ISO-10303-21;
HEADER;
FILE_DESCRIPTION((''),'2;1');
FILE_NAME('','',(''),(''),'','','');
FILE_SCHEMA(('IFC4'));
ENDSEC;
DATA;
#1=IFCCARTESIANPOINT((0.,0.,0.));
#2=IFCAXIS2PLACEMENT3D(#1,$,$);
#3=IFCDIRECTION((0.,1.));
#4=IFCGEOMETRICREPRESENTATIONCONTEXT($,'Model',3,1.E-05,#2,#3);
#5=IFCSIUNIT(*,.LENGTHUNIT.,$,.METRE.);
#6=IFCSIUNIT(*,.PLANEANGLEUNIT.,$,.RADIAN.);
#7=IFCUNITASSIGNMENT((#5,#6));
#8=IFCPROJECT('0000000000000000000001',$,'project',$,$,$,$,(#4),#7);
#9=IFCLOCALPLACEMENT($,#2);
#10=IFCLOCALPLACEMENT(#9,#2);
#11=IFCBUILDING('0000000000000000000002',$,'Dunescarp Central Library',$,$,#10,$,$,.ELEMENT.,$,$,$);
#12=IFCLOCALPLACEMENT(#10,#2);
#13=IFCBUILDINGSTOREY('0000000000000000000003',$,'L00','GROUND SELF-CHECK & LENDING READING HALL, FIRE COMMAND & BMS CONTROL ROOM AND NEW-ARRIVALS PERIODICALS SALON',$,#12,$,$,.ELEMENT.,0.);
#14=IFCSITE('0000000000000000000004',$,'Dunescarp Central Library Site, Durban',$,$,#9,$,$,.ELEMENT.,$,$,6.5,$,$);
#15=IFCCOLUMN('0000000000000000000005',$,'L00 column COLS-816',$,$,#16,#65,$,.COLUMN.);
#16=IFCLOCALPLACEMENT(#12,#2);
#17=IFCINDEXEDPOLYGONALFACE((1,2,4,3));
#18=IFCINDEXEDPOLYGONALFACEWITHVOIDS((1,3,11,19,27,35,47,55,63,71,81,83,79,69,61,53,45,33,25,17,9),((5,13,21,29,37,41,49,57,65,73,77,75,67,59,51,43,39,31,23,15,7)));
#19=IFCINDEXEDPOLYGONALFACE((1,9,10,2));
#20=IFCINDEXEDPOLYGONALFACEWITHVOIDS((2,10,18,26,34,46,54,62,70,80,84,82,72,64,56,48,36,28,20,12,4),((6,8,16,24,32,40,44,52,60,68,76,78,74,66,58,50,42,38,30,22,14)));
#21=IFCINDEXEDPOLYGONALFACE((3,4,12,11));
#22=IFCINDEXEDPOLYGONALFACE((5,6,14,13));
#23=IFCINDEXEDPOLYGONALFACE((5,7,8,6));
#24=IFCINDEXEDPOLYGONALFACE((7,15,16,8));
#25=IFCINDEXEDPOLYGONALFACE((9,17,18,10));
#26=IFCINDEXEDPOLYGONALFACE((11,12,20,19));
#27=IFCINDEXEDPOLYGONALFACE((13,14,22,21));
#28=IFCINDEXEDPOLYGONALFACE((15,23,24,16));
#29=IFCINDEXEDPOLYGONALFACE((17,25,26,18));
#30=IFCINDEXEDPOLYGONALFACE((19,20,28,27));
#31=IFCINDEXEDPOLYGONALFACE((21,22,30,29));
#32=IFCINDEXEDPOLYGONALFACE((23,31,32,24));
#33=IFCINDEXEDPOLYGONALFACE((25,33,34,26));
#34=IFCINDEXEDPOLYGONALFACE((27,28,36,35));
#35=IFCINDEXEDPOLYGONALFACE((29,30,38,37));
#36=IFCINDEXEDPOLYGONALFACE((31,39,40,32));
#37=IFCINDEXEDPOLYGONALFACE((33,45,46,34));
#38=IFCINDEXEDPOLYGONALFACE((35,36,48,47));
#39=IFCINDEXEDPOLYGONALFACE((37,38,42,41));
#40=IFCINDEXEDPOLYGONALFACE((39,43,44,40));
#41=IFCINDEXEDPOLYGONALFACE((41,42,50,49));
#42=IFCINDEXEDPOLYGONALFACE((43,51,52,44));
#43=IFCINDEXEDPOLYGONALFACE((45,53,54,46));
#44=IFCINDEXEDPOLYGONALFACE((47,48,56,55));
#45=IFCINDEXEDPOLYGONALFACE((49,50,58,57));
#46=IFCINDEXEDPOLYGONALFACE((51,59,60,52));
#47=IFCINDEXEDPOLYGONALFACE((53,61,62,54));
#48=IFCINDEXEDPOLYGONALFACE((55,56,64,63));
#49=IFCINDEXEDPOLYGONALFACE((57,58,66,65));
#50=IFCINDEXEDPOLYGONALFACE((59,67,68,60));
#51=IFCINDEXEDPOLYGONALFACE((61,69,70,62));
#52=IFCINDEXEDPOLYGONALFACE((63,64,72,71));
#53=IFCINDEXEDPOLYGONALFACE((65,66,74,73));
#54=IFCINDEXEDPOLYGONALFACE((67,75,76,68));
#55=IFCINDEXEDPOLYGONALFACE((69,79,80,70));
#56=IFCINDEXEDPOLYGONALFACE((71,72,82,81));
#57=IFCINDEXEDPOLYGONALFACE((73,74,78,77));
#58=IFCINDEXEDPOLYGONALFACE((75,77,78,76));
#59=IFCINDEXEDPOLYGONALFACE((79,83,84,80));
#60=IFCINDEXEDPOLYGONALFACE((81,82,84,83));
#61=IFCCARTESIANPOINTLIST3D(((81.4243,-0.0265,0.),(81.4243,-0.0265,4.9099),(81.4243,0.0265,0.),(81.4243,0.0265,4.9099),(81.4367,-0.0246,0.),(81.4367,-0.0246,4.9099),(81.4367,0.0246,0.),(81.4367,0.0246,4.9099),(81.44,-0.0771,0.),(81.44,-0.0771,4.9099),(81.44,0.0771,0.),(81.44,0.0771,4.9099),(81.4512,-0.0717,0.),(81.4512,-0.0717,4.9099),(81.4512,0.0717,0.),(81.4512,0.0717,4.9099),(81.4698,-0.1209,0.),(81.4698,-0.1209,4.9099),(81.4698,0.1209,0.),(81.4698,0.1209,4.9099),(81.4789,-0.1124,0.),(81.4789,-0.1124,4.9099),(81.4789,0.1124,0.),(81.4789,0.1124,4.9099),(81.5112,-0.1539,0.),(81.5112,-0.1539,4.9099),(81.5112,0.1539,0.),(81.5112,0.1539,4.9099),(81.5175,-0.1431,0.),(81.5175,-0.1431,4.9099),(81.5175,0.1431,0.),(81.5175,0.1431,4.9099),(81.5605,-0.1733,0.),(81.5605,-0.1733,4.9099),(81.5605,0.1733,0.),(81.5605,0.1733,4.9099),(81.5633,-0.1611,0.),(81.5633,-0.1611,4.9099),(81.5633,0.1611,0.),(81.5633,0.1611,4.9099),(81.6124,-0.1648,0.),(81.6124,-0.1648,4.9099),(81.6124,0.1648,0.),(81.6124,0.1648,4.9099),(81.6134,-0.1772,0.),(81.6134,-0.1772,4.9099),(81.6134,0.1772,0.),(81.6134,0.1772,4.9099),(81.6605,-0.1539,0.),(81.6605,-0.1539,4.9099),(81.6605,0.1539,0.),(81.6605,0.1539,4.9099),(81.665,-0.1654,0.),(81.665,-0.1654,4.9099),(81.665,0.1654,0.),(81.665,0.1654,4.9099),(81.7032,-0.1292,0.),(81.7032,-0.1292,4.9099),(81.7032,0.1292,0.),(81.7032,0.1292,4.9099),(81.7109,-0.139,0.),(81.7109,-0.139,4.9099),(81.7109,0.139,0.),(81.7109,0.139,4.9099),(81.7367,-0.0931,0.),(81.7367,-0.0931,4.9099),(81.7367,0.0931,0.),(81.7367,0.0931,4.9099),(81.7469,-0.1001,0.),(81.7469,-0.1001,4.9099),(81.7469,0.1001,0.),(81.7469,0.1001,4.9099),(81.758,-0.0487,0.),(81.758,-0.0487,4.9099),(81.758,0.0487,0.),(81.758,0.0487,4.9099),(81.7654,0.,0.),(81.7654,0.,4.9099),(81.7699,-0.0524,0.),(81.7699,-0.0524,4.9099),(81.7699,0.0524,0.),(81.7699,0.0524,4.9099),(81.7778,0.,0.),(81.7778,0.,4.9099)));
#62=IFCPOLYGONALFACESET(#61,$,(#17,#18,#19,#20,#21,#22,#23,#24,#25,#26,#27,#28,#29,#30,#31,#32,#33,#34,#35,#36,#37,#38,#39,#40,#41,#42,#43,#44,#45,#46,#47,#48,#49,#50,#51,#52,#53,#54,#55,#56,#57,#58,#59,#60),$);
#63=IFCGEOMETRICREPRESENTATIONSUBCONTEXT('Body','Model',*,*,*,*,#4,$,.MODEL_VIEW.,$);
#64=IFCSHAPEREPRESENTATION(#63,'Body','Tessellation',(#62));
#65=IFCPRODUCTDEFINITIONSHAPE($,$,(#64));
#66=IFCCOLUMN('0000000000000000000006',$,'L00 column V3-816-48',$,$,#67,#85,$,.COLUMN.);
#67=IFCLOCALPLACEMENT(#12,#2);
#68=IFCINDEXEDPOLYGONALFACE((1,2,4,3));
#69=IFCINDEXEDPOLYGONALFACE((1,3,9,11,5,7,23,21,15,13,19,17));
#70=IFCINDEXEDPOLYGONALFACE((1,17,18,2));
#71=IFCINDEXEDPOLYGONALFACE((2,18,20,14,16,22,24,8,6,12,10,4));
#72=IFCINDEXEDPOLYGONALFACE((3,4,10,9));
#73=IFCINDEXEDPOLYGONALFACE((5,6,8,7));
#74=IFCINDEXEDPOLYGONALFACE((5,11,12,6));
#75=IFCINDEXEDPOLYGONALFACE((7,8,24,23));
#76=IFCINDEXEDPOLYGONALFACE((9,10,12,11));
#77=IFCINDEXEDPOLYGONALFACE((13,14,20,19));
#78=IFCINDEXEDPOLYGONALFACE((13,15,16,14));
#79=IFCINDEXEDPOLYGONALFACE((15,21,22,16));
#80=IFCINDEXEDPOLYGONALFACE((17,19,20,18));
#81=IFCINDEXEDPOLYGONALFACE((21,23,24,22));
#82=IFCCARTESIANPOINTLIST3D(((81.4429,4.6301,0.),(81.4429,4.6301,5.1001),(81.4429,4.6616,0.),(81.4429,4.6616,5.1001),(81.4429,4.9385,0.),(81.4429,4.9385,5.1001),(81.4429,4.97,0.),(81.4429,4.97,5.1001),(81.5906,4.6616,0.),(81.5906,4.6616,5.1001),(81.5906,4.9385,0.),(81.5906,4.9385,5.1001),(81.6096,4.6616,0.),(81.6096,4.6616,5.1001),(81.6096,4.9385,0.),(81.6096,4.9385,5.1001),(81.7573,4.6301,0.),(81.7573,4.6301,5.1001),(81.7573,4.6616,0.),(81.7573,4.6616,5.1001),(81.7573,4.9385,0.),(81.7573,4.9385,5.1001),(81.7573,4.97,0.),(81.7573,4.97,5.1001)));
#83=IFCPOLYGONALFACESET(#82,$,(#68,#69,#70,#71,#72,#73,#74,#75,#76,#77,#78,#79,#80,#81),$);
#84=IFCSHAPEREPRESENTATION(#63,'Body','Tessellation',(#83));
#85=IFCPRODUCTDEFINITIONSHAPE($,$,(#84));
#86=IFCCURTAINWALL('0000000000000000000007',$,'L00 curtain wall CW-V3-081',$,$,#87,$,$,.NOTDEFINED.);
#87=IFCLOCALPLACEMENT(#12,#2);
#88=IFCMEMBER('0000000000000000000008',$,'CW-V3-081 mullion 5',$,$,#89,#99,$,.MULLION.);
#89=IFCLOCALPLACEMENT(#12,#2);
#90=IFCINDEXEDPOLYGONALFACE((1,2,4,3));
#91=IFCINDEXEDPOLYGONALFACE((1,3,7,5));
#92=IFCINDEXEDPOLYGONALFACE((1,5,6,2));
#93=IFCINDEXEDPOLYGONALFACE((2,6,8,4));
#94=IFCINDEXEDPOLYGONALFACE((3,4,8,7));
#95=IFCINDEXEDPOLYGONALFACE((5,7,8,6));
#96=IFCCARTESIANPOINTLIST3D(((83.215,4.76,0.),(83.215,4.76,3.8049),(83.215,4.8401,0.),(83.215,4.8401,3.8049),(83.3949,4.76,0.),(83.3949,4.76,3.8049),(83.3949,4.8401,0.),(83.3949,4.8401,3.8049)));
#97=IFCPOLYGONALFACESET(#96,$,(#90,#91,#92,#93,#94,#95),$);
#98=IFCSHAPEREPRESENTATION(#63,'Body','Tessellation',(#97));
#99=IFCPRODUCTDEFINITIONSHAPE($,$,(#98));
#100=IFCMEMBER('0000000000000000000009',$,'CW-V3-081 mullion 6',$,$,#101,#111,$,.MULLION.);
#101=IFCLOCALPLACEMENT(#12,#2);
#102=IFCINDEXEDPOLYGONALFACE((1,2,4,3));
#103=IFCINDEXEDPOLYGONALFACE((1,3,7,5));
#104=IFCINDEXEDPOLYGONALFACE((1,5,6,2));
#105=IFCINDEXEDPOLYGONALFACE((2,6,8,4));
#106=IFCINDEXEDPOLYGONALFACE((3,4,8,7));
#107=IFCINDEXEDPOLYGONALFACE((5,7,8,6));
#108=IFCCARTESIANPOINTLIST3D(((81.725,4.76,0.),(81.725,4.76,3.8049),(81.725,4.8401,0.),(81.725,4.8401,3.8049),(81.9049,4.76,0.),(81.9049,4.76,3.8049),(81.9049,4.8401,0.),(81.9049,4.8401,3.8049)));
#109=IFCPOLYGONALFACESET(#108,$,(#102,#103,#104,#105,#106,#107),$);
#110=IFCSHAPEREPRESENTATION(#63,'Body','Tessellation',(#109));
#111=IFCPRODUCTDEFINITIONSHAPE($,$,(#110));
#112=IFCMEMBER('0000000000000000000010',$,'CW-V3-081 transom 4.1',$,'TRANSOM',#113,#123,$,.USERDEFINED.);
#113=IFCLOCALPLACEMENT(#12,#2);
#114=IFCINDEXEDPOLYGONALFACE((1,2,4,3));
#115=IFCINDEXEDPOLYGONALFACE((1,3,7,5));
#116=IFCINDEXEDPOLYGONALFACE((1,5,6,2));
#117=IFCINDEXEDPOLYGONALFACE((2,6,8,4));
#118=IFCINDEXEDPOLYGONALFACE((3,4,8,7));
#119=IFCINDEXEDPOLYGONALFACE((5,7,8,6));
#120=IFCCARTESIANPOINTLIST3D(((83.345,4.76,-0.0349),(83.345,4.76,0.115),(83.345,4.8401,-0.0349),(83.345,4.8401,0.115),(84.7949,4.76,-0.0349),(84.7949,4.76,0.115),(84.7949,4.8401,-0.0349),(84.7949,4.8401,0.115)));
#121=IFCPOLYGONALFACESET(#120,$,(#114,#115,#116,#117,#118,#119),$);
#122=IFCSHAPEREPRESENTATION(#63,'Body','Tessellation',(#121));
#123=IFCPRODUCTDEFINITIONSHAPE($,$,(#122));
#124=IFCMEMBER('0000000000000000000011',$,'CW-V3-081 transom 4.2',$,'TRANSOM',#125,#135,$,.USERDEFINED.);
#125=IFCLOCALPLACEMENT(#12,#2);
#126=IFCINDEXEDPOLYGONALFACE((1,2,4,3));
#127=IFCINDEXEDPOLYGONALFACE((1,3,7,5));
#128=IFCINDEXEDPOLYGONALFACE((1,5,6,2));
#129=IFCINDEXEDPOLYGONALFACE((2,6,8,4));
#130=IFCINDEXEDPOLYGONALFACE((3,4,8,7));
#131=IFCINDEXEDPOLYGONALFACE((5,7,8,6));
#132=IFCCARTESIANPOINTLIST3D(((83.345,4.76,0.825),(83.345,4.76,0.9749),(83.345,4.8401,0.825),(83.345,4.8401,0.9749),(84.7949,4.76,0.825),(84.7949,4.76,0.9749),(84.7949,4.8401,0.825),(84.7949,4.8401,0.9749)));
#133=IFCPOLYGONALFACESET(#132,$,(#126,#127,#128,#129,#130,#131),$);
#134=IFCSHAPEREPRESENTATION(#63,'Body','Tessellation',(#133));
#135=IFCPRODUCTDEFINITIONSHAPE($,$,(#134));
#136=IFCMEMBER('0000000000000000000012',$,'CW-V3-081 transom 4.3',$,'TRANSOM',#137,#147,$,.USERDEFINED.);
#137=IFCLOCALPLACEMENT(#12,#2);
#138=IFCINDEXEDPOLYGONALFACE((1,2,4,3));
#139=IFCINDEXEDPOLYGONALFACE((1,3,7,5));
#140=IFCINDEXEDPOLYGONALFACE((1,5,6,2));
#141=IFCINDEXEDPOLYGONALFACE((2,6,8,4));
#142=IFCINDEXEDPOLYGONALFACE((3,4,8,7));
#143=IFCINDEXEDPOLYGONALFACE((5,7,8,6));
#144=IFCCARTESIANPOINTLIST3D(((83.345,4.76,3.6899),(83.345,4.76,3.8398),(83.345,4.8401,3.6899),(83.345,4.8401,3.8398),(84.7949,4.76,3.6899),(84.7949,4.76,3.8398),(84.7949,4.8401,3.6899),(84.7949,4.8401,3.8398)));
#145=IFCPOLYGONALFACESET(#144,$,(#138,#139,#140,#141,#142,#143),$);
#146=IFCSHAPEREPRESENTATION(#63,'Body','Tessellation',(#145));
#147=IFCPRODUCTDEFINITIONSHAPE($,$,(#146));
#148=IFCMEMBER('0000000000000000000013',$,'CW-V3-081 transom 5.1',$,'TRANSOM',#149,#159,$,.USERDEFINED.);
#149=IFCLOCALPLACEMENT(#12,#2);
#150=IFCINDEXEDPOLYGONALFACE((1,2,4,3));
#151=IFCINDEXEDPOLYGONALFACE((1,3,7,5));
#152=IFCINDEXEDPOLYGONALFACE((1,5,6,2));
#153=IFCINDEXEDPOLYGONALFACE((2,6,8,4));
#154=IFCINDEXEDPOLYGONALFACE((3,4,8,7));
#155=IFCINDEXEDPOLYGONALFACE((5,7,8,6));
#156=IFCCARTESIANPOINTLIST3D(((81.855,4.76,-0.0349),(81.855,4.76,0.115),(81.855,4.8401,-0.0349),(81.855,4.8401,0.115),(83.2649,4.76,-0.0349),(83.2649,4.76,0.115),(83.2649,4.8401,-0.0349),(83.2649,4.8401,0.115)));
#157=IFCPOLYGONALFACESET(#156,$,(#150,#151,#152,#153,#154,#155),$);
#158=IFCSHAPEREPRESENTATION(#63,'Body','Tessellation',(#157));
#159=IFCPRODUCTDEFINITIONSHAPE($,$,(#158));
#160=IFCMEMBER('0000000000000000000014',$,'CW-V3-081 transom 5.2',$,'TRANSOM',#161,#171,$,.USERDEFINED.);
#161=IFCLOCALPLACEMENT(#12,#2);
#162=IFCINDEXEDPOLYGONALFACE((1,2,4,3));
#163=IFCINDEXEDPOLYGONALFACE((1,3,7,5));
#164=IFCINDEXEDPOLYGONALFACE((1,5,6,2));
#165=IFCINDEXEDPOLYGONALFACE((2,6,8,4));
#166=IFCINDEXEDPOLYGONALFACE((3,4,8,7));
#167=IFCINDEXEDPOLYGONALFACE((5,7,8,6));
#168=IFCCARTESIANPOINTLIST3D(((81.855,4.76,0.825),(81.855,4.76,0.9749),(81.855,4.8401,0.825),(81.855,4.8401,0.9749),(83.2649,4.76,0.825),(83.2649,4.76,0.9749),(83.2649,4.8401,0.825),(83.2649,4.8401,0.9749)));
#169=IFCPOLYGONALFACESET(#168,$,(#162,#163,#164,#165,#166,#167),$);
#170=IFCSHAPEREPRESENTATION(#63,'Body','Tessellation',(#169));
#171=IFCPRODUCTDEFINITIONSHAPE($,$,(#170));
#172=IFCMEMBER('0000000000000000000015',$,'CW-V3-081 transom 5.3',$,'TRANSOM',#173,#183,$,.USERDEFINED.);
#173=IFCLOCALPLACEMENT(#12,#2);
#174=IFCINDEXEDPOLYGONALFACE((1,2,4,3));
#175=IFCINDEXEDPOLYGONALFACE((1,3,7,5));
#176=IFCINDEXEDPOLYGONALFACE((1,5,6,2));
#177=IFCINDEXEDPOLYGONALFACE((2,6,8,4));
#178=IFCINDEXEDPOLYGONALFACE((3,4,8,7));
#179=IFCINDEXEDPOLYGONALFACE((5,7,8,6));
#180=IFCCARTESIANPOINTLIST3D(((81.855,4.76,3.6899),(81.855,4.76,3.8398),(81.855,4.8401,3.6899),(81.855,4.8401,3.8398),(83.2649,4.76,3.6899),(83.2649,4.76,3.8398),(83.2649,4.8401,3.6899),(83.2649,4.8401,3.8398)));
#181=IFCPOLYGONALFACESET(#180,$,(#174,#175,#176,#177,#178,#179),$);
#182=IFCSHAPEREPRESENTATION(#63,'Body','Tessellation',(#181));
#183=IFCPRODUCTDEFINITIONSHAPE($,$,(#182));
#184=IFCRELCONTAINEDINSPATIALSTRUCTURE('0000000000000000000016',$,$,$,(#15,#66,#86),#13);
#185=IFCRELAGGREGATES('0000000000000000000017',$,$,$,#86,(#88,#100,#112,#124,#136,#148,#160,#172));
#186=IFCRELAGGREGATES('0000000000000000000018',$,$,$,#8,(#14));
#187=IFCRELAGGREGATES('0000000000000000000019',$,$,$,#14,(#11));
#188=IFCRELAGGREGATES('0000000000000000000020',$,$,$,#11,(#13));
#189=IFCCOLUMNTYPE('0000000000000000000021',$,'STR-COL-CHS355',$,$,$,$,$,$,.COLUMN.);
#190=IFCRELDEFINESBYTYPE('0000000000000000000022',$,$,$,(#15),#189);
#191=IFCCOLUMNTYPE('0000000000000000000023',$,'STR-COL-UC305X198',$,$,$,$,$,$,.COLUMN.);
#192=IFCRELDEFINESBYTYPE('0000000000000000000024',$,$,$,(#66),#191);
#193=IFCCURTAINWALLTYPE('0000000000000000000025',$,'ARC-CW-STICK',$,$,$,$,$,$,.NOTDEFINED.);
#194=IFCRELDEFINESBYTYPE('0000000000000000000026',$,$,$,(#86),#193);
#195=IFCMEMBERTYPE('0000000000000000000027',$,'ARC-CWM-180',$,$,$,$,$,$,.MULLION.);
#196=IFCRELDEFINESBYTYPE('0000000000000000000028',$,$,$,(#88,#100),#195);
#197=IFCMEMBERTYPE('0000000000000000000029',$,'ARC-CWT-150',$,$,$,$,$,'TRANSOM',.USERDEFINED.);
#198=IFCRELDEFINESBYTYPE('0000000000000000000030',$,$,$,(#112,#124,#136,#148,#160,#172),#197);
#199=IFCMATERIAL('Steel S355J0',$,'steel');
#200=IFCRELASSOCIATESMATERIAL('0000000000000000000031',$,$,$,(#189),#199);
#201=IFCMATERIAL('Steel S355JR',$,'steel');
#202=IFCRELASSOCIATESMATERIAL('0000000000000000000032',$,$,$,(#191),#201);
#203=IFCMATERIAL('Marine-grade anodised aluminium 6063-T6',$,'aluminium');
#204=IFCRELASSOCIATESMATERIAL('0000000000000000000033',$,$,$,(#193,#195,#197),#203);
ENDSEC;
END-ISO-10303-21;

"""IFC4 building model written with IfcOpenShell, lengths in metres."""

from ifc_helpers import new_model, si_unit, direction, frame, origin, origin_2d, place, context, subcontext, project, spatial, rectangle, hollow_circle, i_section, extrude, material, material_profile, profile_set, type_object, element, aggregate, save


model = new_model("IFC4")

# Units and contexts
model_context = context("Model", 3, precision=1e-05, world=origin(), true_north=direction((0.0, 1.0)))
body_context = subcontext(model_context, "Body", "Model", "MODEL_VIEW")
ifc_project = project(units=[si_unit("LENGTHUNIT", "METRE"), si_unit("PLANEANGLEUNIT", "RADIAN")], contexts=[model_context])

# Site, building, storey
site_placement = place(None, origin())
site = spatial("IfcSite", under=ifc_project, at=site_placement, Name="Dunescarp Central Library Site, Durban", CompositionType="ELEMENT", RefElevation=6.5)
building_placement = place(site_placement, origin())
building = spatial("IfcBuilding", under=site, at=building_placement, Name="Dunescarp Central Library", CompositionType="ELEMENT")
storey_placement = place(building_placement, origin())
storey = spatial("IfcBuildingStorey", under=building, at=storey_placement, Name="L00", Description="GROUND SELF-CHECK & LENDING READING HALL, FIRE COMMAND & BMS CONTROL ROOM AND NEW-ARRIVALS PERIODICALS SALON", CompositionType="ELEMENT", Elevation=0.0)

# Columns
ifc_material_1 = material(Name="Steel S355J0", Category="steel")
ifc_material_profile_1 = material_profile(ifc_material_1, hollow_circle(Radius=0.1777, WallThickness=0.0125, at=origin_2d()), Name="CHS 355.6x12.5")
ifc_profile_set_1 = profile_set([ifc_material_profile_1], Name="Steel S355J0")
column_type_1 = type_object("IfcColumnType", Name="STR-COL-CHS355", PredefinedType="COLUMN", material=ifc_profile_set_1)
column_1_placement = place(storey_placement, frame((81.6001, 0.0, 0.0), z_axis=(0.0, 0.0, 1.0), x_axis=(1.0, 0.0, 0.0)))
element("IfcColumn", 1, at=column_1_placement, inside=storey, type_object=column_type_1, Name="L00 column COLS-816", PredefinedType="COLUMN", context=body_context, shape_type="SweptSolid", body=[
    extrude(hollow_circle(Radius=0.1777, WallThickness=0.0125, at=origin_2d()), origin(), (0.0, 0.0, 1.0), 4.9099),
])
ifc_material_2 = material(Name="Steel S355JR", Category="steel")
ifc_material_profile_2 = material_profile(ifc_material_2, i_section(OverallWidth=0.3145, OverallDepth=0.3398, WebThickness=0.019, FlangeThickness=0.0315, at=origin_2d()), Name="UC 305x305x198")
ifc_profile_set_2 = profile_set([ifc_material_profile_2], Name="Steel S355JR")
column_type_2 = type_object("IfcColumnType", Name="STR-COL-UC305X198", PredefinedType="COLUMN", material=ifc_profile_set_2)
column_2_placement = place(storey_placement, frame((81.6001, 4.8, 0.0), z_axis=(0.0, 0.0, 1.0), x_axis=(1.0, 0.0, 0.0)))
element("IfcColumn", 2, at=column_2_placement, inside=storey, type_object=column_type_2, Name="L00 column V3-816-48", PredefinedType="COLUMN", context=body_context, shape_type="SweptSolid", body=[
    extrude(i_section(OverallWidth=0.3145, OverallDepth=0.3398, WebThickness=0.019, FlangeThickness=0.0315, at=origin_2d()), origin(), (0.0, 0.0, 1.0), 5.1001),
])

# Curtain wall, members
ifc_material_3 = material(Name="Marine-grade anodised aluminium 6063-T6", Category="aluminium")
curtain_wall_type = type_object("IfcCurtainWallType", Name="ARC-CW-STICK", PredefinedType="NOTDEFINED", material=ifc_material_3)
curtain_wall_placement = place(storey_placement, origin())
curtain_wall = element("IfcCurtainWall", 3, at=curtain_wall_placement, inside=storey, type_object=curtain_wall_type, Name="L00 curtain wall CW-V3-081", PredefinedType="NOTDEFINED")
ifc_material_profile_3 = material_profile(ifc_material_3, rectangle(XDim=0.0801, YDim=0.1799, at=origin_2d()), Name="AL 80x180")
ifc_profile_set_3 = profile_set([ifc_material_profile_3], Name="Marine-grade anodised aluminium 6063-T6")
member_type_1 = type_object("IfcMemberType", Name="ARC-CWM-180", PredefinedType="MULLION", material=ifc_profile_set_3)
member_1_placement = place(storey_placement, frame((83.3049, 4.8, 0.0), z_axis=(0.0, 0.0, 1.0), x_axis=(0.0, -1.0, 0.0)))
member_1 = element("IfcMember", 4, at=member_1_placement, type_object=member_type_1, Name="CW-V3-081 mullion 5", PredefinedType="MULLION", context=body_context, shape_type="SweptSolid", body=[
    extrude(rectangle(XDim=0.0801, YDim=0.1799, at=origin_2d()), origin(), (0.0, 0.0, 1.0), 3.8049),
])
member_2_placement = place(storey_placement, frame((81.8149, 4.8, 0.0), z_axis=(0.0, 0.0, 1.0), x_axis=(0.0, -1.0, 0.0)))
member_2 = element("IfcMember", 5, at=member_2_placement, type_object=member_type_1, Name="CW-V3-081 mullion 6", PredefinedType="MULLION", context=body_context, shape_type="SweptSolid", body=[
    extrude(rectangle(XDim=0.0801, YDim=0.1799, at=origin_2d()), origin(), (0.0, 0.0, 1.0), 3.8049),
])
ifc_material_profile_4 = material_profile(ifc_material_3, rectangle(XDim=0.0801, YDim=0.1499, at=origin_2d()), Name="AL 80x150")
ifc_profile_set_4 = profile_set([ifc_material_profile_4], Name="Marine-grade anodised aluminium 6063-T6")
member_type_2 = type_object("IfcMemberType", Name="ARC-CWT-150", ElementType="TRANSOM", PredefinedType="USERDEFINED", material=ifc_profile_set_4)
member_3_placement = place(storey_placement, frame((84.7949, 4.8, 0.04), z_axis=(-1.0, 0.0, 0.0), x_axis=(0.0, -1.0, 0.0)))
member_3 = element("IfcMember", 6, at=member_3_placement, type_object=member_type_2, Name="CW-V3-081 transom 4.1", ObjectType="TRANSOM", PredefinedType="USERDEFINED", context=body_context, shape_type="SweptSolid", body=[
    extrude(rectangle(XDim=0.0801, YDim=0.1499, at=origin_2d()), origin(), (0.0, 0.0, 1.0), 1.45),
])
member_4_placement = place(storey_placement, frame((84.7949, 4.8, 0.8999), z_axis=(-1.0, 0.0, 0.0), x_axis=(0.0, -1.0, 0.0)))
member_4 = element("IfcMember", 7, at=member_4_placement, type_object=member_type_2, Name="CW-V3-081 transom 4.2", ObjectType="TRANSOM", PredefinedType="USERDEFINED", context=body_context, shape_type="SweptSolid", body=[
    extrude(rectangle(XDim=0.0801, YDim=0.1499, at=origin_2d()), origin(), (0.0, 0.0, 1.0), 1.45),
])
member_5_placement = place(storey_placement, frame((84.7949, 4.8, 3.7649), z_axis=(-1.0, 0.0, 0.0), x_axis=(0.0, -1.0, 0.0)))
member_5 = element("IfcMember", 8, at=member_5_placement, type_object=member_type_2, Name="CW-V3-081 transom 4.3", ObjectType="TRANSOM", PredefinedType="USERDEFINED", context=body_context, shape_type="SweptSolid", body=[
    extrude(rectangle(XDim=0.0801, YDim=0.1499, at=origin_2d()), origin(), (0.0, 0.0, 1.0), 1.45),
])
member_6_placement = place(storey_placement, frame((83.2649, 4.8, 0.04), z_axis=(-1.0, 0.0, 0.0), x_axis=(0.0, -1.0, 0.0)))
member_6 = element("IfcMember", 9, at=member_6_placement, type_object=member_type_2, Name="CW-V3-081 transom 5.1", ObjectType="TRANSOM", PredefinedType="USERDEFINED", context=body_context, shape_type="SweptSolid", body=[
    extrude(rectangle(XDim=0.0801, YDim=0.1499, at=origin_2d()), origin(), (0.0, 0.0, 1.0), 1.4099),
])
member_7_placement = place(storey_placement, frame((83.2649, 4.8, 0.8999), z_axis=(-1.0, 0.0, 0.0), x_axis=(0.0, -1.0, 0.0)))
member_7 = element("IfcMember", 10, at=member_7_placement, type_object=member_type_2, Name="CW-V3-081 transom 5.2", ObjectType="TRANSOM", PredefinedType="USERDEFINED", context=body_context, shape_type="SweptSolid", body=[
    extrude(rectangle(XDim=0.0801, YDim=0.1499, at=origin_2d()), origin(), (0.0, 0.0, 1.0), 1.4099),
])
member_8_placement = place(storey_placement, frame((83.2649, 4.8, 3.7649), z_axis=(-1.0, 0.0, 0.0), x_axis=(0.0, -1.0, 0.0)))
member_8 = element("IfcMember", 11, at=member_8_placement, type_object=member_type_2, Name="CW-V3-081 transom 5.3", ObjectType="TRANSOM", PredefinedType="USERDEFINED", context=body_context, shape_type="SweptSolid", body=[
    extrude(rectangle(XDim=0.0801, YDim=0.1499, at=origin_2d()), origin(), (0.0, 0.0, 1.0), 1.4099),
])
aggregate(curtain_wall, [member_1, member_2, member_3, member_4, member_5, member_6, member_7, member_8])

save(model, "model.ifc")
